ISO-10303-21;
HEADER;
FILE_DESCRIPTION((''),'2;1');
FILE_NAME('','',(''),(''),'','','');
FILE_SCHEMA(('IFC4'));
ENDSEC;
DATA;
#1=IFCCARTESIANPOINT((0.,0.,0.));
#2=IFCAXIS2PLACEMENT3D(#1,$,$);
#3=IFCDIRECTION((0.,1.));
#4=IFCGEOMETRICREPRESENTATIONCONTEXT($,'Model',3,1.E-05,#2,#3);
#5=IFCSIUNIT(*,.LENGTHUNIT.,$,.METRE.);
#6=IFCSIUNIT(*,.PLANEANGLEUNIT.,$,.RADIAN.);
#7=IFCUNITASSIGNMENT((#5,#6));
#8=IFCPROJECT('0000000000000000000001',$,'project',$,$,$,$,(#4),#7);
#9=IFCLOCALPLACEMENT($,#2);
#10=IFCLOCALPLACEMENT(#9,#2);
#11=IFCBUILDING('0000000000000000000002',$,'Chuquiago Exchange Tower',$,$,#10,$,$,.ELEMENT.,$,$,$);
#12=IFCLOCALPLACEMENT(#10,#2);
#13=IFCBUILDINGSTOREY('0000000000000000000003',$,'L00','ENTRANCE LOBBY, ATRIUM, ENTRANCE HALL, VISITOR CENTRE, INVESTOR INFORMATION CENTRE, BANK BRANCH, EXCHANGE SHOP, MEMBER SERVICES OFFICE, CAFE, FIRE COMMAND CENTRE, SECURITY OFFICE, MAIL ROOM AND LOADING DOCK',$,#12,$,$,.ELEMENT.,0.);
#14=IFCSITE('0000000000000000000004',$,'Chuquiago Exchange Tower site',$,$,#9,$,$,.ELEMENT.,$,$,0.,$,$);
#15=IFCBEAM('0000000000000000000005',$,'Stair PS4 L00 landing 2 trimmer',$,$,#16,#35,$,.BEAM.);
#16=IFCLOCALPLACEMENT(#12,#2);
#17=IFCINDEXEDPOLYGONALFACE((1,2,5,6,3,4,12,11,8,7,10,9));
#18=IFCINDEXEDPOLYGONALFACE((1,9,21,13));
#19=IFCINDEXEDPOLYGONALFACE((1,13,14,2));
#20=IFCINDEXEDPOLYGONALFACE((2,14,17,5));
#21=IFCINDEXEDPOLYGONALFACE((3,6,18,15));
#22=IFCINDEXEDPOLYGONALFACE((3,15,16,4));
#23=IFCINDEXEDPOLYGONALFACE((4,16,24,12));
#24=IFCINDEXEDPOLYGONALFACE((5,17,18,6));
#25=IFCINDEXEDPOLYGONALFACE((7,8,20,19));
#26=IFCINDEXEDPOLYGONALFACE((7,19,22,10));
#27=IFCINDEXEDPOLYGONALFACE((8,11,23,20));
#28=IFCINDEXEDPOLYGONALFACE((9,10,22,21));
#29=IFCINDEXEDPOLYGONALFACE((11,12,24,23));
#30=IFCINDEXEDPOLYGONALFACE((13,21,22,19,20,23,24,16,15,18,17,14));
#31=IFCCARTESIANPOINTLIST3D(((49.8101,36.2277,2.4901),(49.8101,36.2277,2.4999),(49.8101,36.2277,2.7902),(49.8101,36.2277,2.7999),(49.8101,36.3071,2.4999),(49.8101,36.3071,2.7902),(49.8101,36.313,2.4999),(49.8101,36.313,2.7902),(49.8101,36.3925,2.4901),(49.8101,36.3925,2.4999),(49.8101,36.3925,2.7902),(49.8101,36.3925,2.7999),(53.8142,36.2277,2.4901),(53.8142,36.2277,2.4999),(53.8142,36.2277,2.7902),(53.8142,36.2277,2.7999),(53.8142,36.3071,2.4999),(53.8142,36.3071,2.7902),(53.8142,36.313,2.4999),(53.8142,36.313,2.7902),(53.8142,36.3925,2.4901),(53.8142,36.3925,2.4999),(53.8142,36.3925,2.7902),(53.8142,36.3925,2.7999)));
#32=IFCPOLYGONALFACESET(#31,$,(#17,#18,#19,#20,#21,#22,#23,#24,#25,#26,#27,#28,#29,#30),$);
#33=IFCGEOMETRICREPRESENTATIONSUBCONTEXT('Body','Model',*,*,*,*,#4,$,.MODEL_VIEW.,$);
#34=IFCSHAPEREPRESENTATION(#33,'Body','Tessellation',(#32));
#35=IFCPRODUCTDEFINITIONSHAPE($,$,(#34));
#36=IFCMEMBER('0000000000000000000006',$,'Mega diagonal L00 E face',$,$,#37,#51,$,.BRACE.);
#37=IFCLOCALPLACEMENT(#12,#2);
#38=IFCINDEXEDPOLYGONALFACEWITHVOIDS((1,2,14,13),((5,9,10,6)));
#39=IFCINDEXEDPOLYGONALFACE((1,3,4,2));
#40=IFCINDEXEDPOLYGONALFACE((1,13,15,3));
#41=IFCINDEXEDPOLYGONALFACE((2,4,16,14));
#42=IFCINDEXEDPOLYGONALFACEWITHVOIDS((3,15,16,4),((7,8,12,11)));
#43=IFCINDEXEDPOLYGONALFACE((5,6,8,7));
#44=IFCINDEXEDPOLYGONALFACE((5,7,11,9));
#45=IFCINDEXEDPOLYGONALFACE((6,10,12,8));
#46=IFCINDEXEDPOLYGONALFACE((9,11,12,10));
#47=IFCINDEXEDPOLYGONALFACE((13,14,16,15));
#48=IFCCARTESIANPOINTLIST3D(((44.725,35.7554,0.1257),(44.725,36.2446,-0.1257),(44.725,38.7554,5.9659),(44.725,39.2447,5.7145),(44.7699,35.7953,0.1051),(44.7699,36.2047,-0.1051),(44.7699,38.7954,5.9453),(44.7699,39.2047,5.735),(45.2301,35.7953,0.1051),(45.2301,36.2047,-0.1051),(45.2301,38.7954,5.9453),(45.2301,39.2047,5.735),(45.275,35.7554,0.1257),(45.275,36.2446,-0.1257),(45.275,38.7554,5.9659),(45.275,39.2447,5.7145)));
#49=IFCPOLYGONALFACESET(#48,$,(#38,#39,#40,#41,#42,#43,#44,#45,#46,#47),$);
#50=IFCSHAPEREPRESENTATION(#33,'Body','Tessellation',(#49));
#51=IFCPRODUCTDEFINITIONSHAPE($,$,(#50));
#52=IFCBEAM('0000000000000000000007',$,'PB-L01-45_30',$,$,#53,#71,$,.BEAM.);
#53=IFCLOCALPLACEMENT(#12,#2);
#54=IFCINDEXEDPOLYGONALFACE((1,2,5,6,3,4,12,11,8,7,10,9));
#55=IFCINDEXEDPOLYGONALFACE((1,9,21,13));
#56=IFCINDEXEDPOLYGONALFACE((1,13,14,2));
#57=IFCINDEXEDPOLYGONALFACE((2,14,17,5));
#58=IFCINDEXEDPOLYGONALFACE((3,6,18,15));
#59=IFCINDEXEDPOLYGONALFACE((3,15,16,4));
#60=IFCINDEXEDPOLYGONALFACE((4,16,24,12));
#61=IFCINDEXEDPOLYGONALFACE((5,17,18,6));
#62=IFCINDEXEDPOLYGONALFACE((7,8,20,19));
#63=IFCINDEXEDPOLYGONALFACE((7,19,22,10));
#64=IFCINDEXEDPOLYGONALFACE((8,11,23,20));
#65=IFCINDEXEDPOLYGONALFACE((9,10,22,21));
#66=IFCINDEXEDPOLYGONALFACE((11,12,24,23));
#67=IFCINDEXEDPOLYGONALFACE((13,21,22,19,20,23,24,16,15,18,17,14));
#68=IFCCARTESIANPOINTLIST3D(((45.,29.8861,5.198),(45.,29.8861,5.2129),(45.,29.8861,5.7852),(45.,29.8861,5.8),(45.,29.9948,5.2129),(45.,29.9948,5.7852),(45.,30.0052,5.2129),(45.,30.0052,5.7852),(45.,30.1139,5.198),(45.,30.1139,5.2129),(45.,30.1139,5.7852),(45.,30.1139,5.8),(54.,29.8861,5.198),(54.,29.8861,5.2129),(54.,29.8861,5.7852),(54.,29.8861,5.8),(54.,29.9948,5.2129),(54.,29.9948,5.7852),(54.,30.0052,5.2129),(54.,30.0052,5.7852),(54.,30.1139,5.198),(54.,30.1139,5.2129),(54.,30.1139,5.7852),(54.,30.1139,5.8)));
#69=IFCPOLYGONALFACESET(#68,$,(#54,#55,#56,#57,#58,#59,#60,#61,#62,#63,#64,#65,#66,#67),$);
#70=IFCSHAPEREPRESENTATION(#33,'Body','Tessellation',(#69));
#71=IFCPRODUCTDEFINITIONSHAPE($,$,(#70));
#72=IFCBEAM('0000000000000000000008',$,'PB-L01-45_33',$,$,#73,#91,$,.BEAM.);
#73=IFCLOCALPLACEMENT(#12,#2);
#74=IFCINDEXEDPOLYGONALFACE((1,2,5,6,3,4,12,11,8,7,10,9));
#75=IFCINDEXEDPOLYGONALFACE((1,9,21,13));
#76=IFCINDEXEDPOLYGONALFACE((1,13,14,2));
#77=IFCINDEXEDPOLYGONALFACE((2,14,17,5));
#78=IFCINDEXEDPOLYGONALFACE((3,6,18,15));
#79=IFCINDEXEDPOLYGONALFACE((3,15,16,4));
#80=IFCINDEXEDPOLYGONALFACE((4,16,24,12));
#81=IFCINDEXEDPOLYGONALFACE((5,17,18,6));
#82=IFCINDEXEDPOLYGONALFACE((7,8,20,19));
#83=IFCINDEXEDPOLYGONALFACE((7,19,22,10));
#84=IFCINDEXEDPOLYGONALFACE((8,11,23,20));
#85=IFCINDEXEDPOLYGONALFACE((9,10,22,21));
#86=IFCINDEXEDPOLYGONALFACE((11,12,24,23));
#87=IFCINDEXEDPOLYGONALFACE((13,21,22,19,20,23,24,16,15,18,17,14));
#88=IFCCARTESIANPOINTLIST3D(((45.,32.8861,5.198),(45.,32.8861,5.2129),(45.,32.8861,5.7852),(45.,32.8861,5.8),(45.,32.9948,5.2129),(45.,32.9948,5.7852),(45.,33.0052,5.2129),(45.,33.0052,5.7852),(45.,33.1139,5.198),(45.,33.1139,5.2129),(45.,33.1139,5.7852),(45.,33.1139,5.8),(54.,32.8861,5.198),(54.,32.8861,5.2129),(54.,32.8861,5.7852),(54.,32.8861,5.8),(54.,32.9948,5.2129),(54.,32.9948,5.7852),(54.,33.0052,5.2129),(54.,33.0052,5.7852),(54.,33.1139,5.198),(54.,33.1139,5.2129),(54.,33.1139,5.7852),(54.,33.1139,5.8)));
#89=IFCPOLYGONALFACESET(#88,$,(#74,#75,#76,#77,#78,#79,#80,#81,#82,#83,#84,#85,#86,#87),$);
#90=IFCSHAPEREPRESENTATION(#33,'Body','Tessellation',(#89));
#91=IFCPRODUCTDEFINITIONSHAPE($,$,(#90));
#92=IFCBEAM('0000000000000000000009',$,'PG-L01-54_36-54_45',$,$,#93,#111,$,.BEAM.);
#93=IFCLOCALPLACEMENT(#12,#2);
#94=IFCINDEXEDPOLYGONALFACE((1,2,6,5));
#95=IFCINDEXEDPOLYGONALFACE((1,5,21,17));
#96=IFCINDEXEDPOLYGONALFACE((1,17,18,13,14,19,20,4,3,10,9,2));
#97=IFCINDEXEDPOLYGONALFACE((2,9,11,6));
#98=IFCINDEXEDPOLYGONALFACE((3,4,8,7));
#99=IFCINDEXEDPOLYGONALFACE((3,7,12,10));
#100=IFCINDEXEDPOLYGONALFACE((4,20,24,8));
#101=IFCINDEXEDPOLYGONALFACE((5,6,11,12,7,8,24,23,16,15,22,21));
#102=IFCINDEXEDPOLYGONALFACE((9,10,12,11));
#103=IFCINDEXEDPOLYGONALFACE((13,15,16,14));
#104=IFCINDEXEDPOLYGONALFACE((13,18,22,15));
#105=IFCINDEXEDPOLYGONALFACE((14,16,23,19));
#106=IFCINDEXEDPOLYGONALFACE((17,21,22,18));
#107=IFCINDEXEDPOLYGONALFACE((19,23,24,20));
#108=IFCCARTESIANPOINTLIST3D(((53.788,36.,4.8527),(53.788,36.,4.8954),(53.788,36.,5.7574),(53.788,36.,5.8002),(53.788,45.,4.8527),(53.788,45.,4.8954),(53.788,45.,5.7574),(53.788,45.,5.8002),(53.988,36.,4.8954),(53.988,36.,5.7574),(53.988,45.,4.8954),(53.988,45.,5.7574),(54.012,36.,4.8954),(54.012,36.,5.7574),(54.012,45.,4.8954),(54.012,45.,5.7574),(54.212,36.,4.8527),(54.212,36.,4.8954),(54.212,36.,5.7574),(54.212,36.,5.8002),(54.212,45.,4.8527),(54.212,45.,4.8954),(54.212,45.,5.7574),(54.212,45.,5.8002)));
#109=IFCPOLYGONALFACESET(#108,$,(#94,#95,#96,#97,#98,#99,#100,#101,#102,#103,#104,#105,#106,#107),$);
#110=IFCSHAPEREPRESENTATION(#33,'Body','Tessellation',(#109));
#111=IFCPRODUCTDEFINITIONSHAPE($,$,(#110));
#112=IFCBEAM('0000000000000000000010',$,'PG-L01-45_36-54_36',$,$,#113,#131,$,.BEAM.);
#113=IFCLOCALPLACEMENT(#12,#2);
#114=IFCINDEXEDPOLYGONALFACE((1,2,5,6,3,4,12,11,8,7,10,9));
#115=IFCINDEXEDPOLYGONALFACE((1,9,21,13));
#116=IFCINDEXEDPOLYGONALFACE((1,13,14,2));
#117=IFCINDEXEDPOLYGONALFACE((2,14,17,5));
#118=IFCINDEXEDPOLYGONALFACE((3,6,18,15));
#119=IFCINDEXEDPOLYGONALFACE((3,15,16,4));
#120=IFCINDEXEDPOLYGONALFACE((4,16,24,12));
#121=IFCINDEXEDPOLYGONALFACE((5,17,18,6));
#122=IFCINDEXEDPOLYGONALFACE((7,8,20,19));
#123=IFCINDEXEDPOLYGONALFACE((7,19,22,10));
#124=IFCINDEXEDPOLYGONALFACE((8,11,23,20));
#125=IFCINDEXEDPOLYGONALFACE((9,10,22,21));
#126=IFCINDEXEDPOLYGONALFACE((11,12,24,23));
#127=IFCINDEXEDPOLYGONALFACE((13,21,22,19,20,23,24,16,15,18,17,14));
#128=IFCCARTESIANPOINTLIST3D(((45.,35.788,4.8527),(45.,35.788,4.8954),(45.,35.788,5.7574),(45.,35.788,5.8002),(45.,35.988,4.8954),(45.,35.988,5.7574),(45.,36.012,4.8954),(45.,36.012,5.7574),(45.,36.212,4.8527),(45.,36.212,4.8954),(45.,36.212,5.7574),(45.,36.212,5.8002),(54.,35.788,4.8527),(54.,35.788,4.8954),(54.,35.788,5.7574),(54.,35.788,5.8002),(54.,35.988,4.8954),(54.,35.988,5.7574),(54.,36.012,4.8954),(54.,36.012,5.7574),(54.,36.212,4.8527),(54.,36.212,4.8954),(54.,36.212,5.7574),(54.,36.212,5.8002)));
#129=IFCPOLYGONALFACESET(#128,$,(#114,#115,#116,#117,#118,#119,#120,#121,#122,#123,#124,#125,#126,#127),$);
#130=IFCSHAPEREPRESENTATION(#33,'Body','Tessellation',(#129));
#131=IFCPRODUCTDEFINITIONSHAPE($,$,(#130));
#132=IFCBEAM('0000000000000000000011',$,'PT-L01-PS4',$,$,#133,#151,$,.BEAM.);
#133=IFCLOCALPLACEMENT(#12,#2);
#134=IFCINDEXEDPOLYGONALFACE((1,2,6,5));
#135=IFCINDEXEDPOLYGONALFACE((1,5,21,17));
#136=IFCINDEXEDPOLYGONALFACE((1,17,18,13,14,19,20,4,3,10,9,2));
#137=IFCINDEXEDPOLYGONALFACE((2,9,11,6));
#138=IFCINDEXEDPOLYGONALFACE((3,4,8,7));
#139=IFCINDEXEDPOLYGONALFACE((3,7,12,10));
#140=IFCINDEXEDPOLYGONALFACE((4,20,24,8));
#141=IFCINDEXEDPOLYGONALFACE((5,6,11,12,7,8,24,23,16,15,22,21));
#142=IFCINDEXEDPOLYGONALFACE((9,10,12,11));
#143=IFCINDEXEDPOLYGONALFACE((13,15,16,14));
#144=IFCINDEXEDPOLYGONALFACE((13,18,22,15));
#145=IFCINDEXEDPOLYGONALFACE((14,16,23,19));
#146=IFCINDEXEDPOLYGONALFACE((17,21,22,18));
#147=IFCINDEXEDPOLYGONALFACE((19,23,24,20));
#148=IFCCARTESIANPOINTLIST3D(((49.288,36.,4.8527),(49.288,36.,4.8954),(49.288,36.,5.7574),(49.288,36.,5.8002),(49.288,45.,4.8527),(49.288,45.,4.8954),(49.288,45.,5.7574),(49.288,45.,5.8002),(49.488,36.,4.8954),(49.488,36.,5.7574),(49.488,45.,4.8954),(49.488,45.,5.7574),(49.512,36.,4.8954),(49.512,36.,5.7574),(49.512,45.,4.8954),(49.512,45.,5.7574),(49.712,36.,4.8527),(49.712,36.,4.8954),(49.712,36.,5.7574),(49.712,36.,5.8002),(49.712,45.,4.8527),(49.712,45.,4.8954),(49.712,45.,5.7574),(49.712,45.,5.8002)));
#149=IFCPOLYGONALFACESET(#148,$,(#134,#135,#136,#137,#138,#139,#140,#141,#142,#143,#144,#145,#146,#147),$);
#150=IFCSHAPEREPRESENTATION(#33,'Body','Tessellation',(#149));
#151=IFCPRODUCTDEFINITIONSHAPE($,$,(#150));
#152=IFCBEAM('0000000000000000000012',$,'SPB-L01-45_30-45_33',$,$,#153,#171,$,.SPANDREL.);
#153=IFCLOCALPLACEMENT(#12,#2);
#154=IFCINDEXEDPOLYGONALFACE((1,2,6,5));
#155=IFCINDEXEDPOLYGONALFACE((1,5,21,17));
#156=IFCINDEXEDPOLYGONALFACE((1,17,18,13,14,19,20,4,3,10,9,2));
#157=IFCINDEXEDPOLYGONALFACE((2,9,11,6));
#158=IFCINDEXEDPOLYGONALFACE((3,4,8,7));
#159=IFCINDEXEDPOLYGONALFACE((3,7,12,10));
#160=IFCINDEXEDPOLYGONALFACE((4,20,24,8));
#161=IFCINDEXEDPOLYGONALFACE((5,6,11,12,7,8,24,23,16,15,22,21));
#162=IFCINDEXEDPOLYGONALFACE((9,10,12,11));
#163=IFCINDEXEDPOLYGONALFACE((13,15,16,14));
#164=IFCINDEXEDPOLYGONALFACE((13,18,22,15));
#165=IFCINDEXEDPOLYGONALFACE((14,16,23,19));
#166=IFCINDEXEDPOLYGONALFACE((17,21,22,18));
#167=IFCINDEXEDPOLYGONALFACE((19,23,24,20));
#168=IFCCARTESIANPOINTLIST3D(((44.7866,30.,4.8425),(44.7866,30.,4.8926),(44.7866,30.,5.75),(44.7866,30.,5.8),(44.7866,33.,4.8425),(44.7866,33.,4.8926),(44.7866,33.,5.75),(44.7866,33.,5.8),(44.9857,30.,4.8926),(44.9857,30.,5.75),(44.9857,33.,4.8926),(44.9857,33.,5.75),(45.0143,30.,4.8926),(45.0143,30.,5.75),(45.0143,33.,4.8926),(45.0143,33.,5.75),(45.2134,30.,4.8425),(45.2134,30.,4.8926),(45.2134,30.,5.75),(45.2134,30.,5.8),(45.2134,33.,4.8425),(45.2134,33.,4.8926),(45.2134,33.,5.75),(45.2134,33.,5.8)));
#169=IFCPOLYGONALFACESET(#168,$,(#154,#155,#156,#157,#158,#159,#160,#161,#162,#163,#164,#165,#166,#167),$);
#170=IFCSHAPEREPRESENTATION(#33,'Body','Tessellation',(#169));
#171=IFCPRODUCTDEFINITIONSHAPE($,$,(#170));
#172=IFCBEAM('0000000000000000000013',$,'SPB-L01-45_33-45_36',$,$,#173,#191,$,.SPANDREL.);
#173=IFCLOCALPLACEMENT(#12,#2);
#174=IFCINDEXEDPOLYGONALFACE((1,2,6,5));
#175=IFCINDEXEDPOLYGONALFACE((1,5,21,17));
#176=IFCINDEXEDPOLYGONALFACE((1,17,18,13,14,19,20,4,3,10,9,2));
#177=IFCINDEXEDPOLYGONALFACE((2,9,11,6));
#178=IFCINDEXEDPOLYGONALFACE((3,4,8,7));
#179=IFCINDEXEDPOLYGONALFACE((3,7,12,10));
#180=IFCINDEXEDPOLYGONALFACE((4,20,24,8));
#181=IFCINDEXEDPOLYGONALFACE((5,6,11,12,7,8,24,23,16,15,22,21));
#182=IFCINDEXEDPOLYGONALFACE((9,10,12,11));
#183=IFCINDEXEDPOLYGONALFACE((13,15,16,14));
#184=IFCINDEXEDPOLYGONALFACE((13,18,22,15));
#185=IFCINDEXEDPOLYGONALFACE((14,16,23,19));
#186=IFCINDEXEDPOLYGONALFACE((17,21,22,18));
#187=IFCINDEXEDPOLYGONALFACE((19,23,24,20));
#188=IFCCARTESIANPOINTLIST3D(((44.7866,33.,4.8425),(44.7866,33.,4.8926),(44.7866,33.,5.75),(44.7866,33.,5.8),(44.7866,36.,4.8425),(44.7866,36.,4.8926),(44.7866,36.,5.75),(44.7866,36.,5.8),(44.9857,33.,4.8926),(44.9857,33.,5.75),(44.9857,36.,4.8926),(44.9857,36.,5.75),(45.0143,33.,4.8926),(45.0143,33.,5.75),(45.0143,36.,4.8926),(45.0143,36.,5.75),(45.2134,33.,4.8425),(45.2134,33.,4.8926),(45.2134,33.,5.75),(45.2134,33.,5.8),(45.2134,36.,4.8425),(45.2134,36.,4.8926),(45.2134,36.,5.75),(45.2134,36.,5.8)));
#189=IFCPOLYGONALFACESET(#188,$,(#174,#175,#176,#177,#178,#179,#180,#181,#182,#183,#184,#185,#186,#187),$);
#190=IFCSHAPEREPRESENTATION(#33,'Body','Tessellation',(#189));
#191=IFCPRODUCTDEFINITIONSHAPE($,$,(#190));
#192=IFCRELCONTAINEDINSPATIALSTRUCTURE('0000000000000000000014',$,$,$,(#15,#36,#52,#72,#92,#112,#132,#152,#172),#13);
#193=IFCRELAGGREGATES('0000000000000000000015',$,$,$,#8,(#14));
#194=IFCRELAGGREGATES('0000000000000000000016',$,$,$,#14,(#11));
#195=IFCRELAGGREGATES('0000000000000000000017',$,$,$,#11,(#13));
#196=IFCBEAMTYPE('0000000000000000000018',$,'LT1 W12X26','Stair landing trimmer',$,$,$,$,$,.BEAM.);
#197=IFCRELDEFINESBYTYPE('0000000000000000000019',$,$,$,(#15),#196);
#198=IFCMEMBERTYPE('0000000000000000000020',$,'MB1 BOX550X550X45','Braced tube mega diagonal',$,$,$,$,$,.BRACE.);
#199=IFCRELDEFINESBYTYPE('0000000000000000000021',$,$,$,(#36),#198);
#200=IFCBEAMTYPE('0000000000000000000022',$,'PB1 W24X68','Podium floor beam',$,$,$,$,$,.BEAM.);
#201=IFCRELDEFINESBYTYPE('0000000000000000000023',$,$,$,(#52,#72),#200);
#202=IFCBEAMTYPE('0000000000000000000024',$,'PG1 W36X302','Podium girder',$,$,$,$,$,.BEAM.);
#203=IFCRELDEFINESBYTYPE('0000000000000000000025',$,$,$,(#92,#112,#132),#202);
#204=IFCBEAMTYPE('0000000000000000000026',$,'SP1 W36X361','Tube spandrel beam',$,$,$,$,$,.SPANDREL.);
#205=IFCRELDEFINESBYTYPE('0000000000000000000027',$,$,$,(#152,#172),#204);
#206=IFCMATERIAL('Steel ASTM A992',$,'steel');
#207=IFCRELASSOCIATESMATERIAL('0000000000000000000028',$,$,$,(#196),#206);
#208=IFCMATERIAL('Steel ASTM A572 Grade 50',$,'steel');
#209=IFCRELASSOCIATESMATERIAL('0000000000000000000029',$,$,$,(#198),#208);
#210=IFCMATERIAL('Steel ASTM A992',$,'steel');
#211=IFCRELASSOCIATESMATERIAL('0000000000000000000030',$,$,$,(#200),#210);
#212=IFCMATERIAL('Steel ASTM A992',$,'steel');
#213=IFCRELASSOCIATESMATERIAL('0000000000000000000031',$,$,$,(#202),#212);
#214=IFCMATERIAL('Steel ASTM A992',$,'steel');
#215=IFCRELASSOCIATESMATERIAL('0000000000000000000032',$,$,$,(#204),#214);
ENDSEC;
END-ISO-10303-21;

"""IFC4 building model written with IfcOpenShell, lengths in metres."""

from ifc_helpers import new_model, si_unit, direction, frame, origin, origin_2d, place, context, subcontext, project, spatial, hollow_rectangle, i_section, extrude, material, material_profile, profile_set, type_object, element, save


model = new_model("IFC4")

# Units and contexts
model_context = context("Model", 3, precision=1e-05, world=origin(), true_north=direction((0.0, 1.0)))
body_context = subcontext(model_context, "Body", "Model", "MODEL_VIEW")
ifc_project = project(units=[si_unit("LENGTHUNIT", "METRE"), si_unit("PLANEANGLEUNIT", "RADIAN")], contexts=[model_context])

# Site, building, storey
site_placement = place(None, origin())
site = spatial("IfcSite", under=ifc_project, at=site_placement, Name="Chuquiago Exchange Tower site", CompositionType="ELEMENT", RefElevation=0.0)
building_placement = place(site_placement, origin())
building = spatial("IfcBuilding", under=site, at=building_placement, Name="Chuquiago Exchange Tower", CompositionType="ELEMENT")
storey_placement = place(building_placement, origin())
storey = spatial("IfcBuildingStorey", under=building, at=storey_placement, Name="L00", Description="ENTRANCE LOBBY, ATRIUM, ENTRANCE HALL, VISITOR CENTRE, INVESTOR INFORMATION CENTRE, BANK BRANCH, EXCHANGE SHOP, MEMBER SERVICES OFFICE, CAFE, FIRE COMMAND CENTRE, SECURITY OFFICE, MAIL ROOM AND LOADING DOCK", CompositionType="ELEMENT", Elevation=0.0)

# Beam
ifc_material_1 = material(Name="Steel ASTM A992", Category="steel")
ifc_material_profile_1 = material_profile(ifc_material_1, i_section(OverallWidth=0.1648, OverallDepth=0.3098, WebThickness=0.0059, FlangeThickness=0.0098, at=origin_2d()), Name="W12X26")
ifc_profile_set_1 = profile_set([ifc_material_profile_1], Name="Steel ASTM A992")
beam_type_1 = type_object("IfcBeamType", Name="LT1 W12X26", Description="Stair landing trimmer", PredefinedType="BEAM", material=ifc_profile_set_1)
beam_1_placement = place(storey_placement, frame((49.8101, 36.3101, 2.645), z_axis=(1.0, 0.0, 0.0), x_axis=(0.0, 1.0, 0.0)))
element("IfcBeam", 1, at=beam_1_placement, inside=storey, type_object=beam_type_1, Name="Stair PS4 L00 landing 2 trimmer", PredefinedType="BEAM", context=body_context, shape_type="SweptSolid", body=[
    extrude(i_section(OverallWidth=0.1648, OverallDepth=0.3098, WebThickness=0.0059, FlangeThickness=0.0098, at=origin_2d()), origin(), (0.0, 0.0, 1.0), 4.0042),
])

# Member
ifc_material_2 = material(Name="Steel ASTM A572 Grade 50", Category="steel")
ifc_material_profile_2 = material_profile(ifc_material_2, hollow_rectangle(XDim=0.55, YDim=0.55, WallThickness=0.0449, at=origin_2d()), Name="BOX550X550X45")
ifc_profile_set_2 = profile_set([ifc_material_profile_2], Name="Steel ASTM A572 Grade 50")
member_type = type_object("IfcMemberType", Name="MB1 BOX550X550X45", Description="Braced tube mega diagonal", PredefinedType="BRACE", material=ifc_profile_set_2)
member_placement = place(storey_placement, frame((45.0, 36.0, 0.0), z_axis=(0.0, 0.45693, 0.889503), x_axis=(-1.0, 0.0, 0.0)))
element("IfcMember", 2, at=member_placement, inside=storey, type_object=member_type, Name="Mega diagonal L00 E face", PredefinedType="BRACE", context=body_context, shape_type="SweptSolid", body=[
    extrude(hollow_rectangle(XDim=0.55, YDim=0.55, WallThickness=0.0449, at=origin_2d()), origin(), (0.0, 0.0, 1.0), 6.5657),
])

# Beams
ifc_material_3 = material(Name="Steel ASTM A992", Category="steel")
ifc_material_profile_3 = material_profile(ifc_material_3, i_section(OverallWidth=0.2278, OverallDepth=0.6021, WebThickness=0.0105, FlangeThickness=0.0149, at=origin_2d()), Name="W24X68")
ifc_profile_set_3 = profile_set([ifc_material_profile_3], Name="Steel ASTM A992")
beam_type_2 = type_object("IfcBeamType", Name="PB1 W24X68", Description="Podium floor beam", PredefinedType="BEAM", material=ifc_profile_set_3)
for number, where, z_axis, x_axis, name in (
    (3, (45.0, 30.0, 5.499), (1.0, 0.0, 0.0), (0.0, 1.0, 0.0), "PB-L01-45_30"),
    (4, (45.0, 33.0, 5.499), (1.0, 0.0, 0.0), (0.0, 1.0, 0.0), "PB-L01-45_33"),
):
    element("IfcBeam", number, at=place(storey_placement, frame(where, z_axis=z_axis, x_axis=x_axis)), inside=storey, type_object=beam_type_2, Name=name, PredefinedType="BEAM", context=body_context, shape_type="SweptSolid", body=[
        extrude(i_section(OverallWidth=0.2278, OverallDepth=0.6021, WebThickness=0.0105, FlangeThickness=0.0149, at=origin_2d()), origin(), (0.0, 0.0, 1.0), 9.0),
    ])
ifc_material_4 = material(Name="Steel ASTM A992", Category="steel")
ifc_material_profile_4 = material_profile(ifc_material_4, i_section(OverallWidth=0.4241, OverallDepth=0.9475, WebThickness=0.0239, FlangeThickness=0.0427, at=origin_2d()), Name="W36X302")
ifc_profile_set_4 = profile_set([ifc_material_profile_4], Name="Steel ASTM A992")
beam_type_3 = type_object("IfcBeamType", Name="PG1 W36X302", Description="Podium girder", PredefinedType="BEAM", material=ifc_profile_set_4)
for number, where, z_axis, x_axis, name in (
    (5, (54.0, 36.0, 5.3264), (0.0, 1.0, 0.0), (-1.0, 0.0, 0.0), "PG-L01-54_36-54_45"),
    (6, (45.0, 36.0, 5.3264), (1.0, 0.0, 0.0), (0.0, 1.0, 0.0), "PG-L01-45_36-54_36"),
    (7, (49.5, 36.0, 5.3264), (0.0, 1.0, 0.0), (-1.0, 0.0, 0.0), "PT-L01-PS4"),
):
    element("IfcBeam", number, at=place(storey_placement, frame(where, z_axis=z_axis, x_axis=x_axis)), inside=storey, type_object=beam_type_3, Name=name, PredefinedType="BEAM", context=body_context, shape_type="SweptSolid", body=[
        extrude(i_section(OverallWidth=0.4241, OverallDepth=0.9475, WebThickness=0.0239, FlangeThickness=0.0427, at=origin_2d()), origin(), (0.0, 0.0, 1.0), 9.0),
    ])
ifc_material_5 = material(Name="Steel ASTM A992", Category="steel")
ifc_material_profile_5 = material_profile(ifc_material_5, i_section(OverallWidth=0.4268, OverallDepth=0.9575, WebThickness=0.0286, FlangeThickness=0.05, at=origin_2d()), Name="W36X361")
ifc_profile_set_5 = profile_set([ifc_material_profile_5], Name="Steel ASTM A992")
beam_type_4 = type_object("IfcBeamType", Name="SP1 W36X361", Description="Tube spandrel beam", PredefinedType="SPANDREL", material=ifc_profile_set_5)
for number, where, z_axis, x_axis, name in (
    (8, (45.0, 30.0, 5.3213), (0.0, 1.0, 0.0), (-1.0, 0.0, 0.0), "SPB-L01-45_30-45_33"),
    (9, (45.0, 33.0, 5.3213), (0.0, 1.0, 0.0), (-1.0, 0.0, 0.0), "SPB-L01-45_33-45_36"),
):
    element("IfcBeam", number, at=place(storey_placement, frame(where, z_axis=z_axis, x_axis=x_axis)), inside=storey, type_object=beam_type_4, Name=name, PredefinedType="SPANDREL", context=body_context, shape_type="SweptSolid", body=[
        extrude(i_section(OverallWidth=0.4268, OverallDepth=0.9575, WebThickness=0.0286, FlangeThickness=0.05, at=origin_2d()), origin(), (0.0, 0.0, 1.0), 3.0),
    ])

save(model, "model.ifc")
